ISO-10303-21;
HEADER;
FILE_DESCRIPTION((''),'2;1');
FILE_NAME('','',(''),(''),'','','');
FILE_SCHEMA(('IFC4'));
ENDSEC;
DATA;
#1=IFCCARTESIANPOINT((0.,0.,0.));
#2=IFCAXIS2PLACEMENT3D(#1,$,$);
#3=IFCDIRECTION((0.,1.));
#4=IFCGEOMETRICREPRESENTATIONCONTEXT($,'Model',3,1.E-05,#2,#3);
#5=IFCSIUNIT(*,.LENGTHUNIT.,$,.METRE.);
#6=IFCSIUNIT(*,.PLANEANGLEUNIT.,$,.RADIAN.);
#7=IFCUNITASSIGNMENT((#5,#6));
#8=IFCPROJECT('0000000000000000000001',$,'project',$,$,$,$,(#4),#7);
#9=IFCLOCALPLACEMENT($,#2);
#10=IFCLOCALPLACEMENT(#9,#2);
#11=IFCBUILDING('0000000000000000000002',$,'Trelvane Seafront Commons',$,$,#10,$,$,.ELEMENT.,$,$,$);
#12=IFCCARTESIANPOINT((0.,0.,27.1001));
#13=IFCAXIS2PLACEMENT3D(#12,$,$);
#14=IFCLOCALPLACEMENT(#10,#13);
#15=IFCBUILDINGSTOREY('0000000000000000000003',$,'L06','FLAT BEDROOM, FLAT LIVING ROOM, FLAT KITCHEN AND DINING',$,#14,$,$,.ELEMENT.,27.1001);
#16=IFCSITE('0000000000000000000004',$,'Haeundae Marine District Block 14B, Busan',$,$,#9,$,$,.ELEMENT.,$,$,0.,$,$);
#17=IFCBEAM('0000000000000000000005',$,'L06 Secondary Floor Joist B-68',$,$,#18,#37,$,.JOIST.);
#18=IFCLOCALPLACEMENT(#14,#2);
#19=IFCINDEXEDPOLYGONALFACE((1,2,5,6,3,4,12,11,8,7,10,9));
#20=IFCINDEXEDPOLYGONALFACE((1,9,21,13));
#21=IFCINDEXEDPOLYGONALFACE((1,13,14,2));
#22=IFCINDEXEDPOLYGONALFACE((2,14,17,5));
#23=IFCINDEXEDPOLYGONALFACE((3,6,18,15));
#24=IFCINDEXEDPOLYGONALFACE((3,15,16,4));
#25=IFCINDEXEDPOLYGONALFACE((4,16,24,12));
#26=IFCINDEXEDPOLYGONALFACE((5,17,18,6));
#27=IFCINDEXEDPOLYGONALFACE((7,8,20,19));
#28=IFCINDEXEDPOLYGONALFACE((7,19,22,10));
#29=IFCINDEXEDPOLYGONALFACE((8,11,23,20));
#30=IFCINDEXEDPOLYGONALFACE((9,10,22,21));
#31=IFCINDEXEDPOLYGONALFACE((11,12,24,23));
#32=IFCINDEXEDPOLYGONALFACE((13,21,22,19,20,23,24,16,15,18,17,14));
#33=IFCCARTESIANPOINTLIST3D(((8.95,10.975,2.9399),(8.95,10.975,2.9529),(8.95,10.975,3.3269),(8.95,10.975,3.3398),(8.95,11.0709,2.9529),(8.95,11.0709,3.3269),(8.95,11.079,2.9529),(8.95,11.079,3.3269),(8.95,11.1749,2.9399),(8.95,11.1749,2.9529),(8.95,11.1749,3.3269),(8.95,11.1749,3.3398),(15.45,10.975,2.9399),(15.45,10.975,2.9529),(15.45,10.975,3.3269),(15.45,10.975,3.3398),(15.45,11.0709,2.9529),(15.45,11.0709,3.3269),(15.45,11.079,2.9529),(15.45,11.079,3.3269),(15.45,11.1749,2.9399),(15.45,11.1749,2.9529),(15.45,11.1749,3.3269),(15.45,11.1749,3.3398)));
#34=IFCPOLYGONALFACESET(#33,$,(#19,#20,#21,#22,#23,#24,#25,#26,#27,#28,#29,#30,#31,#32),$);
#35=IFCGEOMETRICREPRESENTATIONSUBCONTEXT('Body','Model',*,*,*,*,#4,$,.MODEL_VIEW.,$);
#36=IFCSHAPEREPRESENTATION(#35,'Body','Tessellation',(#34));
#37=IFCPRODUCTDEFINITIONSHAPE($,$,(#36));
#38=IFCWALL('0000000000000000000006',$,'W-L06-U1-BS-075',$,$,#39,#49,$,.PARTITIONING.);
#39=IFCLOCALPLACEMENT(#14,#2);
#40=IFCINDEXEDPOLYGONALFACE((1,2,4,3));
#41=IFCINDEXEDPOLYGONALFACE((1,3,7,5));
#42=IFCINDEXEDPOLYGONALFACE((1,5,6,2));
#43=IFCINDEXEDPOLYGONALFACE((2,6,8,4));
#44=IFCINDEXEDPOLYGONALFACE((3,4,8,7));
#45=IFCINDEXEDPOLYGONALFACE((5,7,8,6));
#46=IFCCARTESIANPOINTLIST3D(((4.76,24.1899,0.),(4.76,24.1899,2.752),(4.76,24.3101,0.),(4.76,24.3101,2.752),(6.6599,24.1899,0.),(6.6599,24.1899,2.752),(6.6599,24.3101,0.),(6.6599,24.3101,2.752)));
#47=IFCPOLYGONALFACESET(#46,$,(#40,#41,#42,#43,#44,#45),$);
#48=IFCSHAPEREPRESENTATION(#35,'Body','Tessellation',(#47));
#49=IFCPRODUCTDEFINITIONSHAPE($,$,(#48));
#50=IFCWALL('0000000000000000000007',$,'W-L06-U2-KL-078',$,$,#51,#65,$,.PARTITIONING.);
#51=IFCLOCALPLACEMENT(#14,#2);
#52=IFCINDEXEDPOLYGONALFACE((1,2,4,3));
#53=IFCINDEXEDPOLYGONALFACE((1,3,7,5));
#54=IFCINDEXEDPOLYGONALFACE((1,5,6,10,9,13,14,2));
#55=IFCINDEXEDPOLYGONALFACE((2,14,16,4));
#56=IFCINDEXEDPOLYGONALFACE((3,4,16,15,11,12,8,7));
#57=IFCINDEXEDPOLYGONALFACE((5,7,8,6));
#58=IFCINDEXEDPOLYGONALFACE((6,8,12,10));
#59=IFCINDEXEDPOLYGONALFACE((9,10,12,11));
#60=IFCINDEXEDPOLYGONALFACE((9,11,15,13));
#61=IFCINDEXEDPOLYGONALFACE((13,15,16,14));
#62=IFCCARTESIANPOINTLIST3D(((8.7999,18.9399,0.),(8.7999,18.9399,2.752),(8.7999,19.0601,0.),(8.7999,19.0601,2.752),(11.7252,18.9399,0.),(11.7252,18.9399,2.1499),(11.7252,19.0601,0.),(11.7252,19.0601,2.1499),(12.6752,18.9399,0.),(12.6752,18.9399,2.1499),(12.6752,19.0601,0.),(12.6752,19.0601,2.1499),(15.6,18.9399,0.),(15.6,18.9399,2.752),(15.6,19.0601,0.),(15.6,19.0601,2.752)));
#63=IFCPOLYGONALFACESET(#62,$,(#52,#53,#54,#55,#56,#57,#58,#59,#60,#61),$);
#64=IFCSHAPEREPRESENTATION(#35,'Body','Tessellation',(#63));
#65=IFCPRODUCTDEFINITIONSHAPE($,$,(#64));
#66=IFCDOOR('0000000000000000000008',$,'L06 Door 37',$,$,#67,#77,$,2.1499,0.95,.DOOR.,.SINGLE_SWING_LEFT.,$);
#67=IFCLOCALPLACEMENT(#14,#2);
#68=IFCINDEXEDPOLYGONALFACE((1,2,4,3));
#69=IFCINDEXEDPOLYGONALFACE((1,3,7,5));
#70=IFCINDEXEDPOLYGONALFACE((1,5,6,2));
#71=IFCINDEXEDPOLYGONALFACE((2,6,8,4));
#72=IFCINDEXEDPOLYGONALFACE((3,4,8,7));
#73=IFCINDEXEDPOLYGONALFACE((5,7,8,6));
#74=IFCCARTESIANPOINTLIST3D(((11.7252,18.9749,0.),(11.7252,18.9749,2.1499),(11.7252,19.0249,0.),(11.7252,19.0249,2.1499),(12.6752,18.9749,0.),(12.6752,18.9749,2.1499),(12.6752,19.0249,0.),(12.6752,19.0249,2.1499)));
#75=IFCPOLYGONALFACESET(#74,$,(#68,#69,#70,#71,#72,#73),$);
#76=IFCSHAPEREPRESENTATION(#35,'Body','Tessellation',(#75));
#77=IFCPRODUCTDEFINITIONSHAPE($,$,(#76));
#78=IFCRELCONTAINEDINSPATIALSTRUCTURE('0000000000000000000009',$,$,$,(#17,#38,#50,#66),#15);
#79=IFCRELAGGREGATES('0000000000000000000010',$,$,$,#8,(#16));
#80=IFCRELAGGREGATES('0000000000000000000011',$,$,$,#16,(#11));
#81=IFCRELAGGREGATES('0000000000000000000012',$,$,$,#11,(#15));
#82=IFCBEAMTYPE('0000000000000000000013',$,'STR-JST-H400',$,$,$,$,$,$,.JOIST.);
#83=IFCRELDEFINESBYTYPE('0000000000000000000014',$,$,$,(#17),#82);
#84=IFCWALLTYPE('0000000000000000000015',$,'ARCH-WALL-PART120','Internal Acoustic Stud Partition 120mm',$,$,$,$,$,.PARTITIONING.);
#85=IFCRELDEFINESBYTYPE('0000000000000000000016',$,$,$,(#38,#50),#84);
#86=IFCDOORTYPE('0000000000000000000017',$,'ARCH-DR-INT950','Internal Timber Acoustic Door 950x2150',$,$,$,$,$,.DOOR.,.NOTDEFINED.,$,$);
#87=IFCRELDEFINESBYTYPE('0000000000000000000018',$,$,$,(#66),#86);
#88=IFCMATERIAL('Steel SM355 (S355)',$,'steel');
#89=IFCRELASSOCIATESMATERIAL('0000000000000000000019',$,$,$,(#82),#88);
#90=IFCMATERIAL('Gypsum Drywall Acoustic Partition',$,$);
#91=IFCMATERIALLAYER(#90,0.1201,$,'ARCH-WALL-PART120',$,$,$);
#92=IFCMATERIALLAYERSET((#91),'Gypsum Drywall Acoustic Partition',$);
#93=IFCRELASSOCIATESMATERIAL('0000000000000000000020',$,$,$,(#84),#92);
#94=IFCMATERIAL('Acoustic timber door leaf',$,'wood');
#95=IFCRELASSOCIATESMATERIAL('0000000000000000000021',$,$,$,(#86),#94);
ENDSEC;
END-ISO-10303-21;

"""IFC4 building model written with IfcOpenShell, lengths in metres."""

from ifc_helpers import new_model, si_unit, direction, frame, frame_2d, origin, origin_2d, place, context, subcontext, project, spatial, rectangle, i_section, extrude, source, transform, mapped, material, layer, layer_set, material_profile, profile_set, type_object, element, fill, save


model = new_model("IFC4")

# Units and contexts
model_context = context("Model", 3, precision=1e-05, world=origin(), true_north=direction((0.0, 1.0)))
body_context = subcontext(model_context, "Body", "Model", "MODEL_VIEW")
ifc_project = project(units=[si_unit("LENGTHUNIT", "METRE"), si_unit("PLANEANGLEUNIT", "RADIAN")], contexts=[model_context])

# Site, building, storey
site_placement = place(None, origin())
site = spatial("IfcSite", under=ifc_project, at=site_placement, Name="Haeundae Marine District Block 14B, Busan", CompositionType="ELEMENT", RefElevation=0.0)
building_placement = place(site_placement, origin())
building = spatial("IfcBuilding", under=site, at=building_placement, Name="Trelvane Seafront Commons", CompositionType="ELEMENT")
storey_placement = place(building_placement, frame((0.0, 0.0, 27.1001)))
storey = spatial("IfcBuildingStorey", under=building, at=storey_placement, Name="L06", Description="FLAT BEDROOM, FLAT LIVING ROOM, FLAT KITCHEN AND DINING", CompositionType="ELEMENT", Elevation=27.1001)

# Shared definitions
ifc_material_1 = material(Name="Steel SM355 (S355)", Category="steel")

# Beam
ifc_material_profile_1 = material_profile(ifc_material_1, i_section(OverallWidth=0.2, OverallDepth=0.3999, WebThickness=0.0081, FlangeThickness=0.0129, at=origin_2d()), Name="H-400x200x8x13")
ifc_profile_set_1 = profile_set([ifc_material_profile_1], Name="Steel SM355 (S355)")
beam_type_1 = type_object("IfcBeamType", Name="STR-JST-H400", PredefinedType="JOIST", material=ifc_profile_set_1)
shared_shape_1 = source(origin(), body_context, "Body", "SweptSolid", [
    extrude(i_section(OverallWidth=0.2, OverallDepth=0.3999, WebThickness=0.0081, FlangeThickness=0.0129, at=origin_2d()), origin(), (0.0, 0.0, 1.0), 6.5),
])
beam_1_placement = place(storey_placement, frame((8.95, 11.075, 3.1399), z_axis=(1.0, 0.0, 0.0), x_axis=(0.0, 1.0, 0.0)))
element("IfcBeam", 1, at=beam_1_placement, inside=storey, type_object=beam_type_1, Name="L06 Secondary Floor Joist B-68", PredefinedType="JOIST", context=body_context, shape_type="MappedRepresentation", body=[
    mapped(shared_shape_1, transform((0.0, 0.0, 0.0), x_axis=(1.0, 0.0, 0.0), y_axis=(0.0, 1.0, 0.0), z_axis=(0.0, 0.0, 1.0), scale=1.0)),
])

# Shared definitions
ifc_material_2 = material(Name="Gypsum Drywall Acoustic Partition")
ifc_layer = layer(ifc_material_2, 0.1201, Name="ARCH-WALL-PART120")
ifc_layer_set = layer_set([ifc_layer], Name="Gypsum Drywall Acoustic Partition")
wall_type = type_object("IfcWallType", Name="ARCH-WALL-PART120", Description="Internal Acoustic Stud Partition 120mm", PredefinedType="PARTITIONING", material=ifc_layer_set)
ifc_material_3 = material(Name="Acoustic timber door leaf", Category="wood")
door_type = type_object("IfcDoorType", Name="ARCH-DR-INT950", Description="Internal Timber Acoustic Door 950x2150", OperationType="NOTDEFINED", PredefinedType="DOOR", material=ifc_material_3)
shared_shape_2 = source(origin(), body_context, "Body", "SweptSolid", [
    extrude(rectangle(XDim=0.95, YDim=2.1499, at=frame_2d((0.4751, 1.075))), frame((0.0, 0.0249, 0.0), z_axis=(0.0, -1.0, 0.0), x_axis=(1.0, 0.0, 0.0)), (0.0, 0.0, 1.0), 0.05),
])

# Wall
wall_1_placement = place(storey_placement, frame((4.76, 24.25, 0.0), z_axis=(0.0, 0.0, 1.0), x_axis=(1.0, 0.0, 0.0)))
element("IfcWall", 2, at=wall_1_placement, inside=storey, type_object=wall_type, Name="W-L06-U1-BS-075", PredefinedType="PARTITIONING", context=body_context, shape_type="SweptSolid", body=[
    extrude(rectangle(XDim=1.8999, YDim=0.1201, at=frame_2d((0.95, 0.0))), origin(), (0.0, 0.0, 1.0), 2.752),
])

# Wall, opening, door
wall_2_placement = place(storey_placement, frame((8.8, 19.0, 0.0), z_axis=(0.0, 0.0, 1.0), x_axis=(1.0, 0.0, 0.0)))
wall_2 = element("IfcWall", 3, at=wall_2_placement, inside=storey, type_object=wall_type, Name="W-L06-U2-KL-078", PredefinedType="PARTITIONING", context=body_context, shape_type="SweptSolid", body=[
    extrude(rectangle(XDim=6.8, YDim=0.1201, at=frame_2d((3.3999, 0.0))), origin(), (0.0, 0.0, 1.0), 2.752),
])
opening_1_placement = place(wall_2_placement, frame((2.925, 0.0, 0.0)))
opening_1 = element("IfcOpeningElement", 4, at=opening_1_placement, cuts=wall_2, PredefinedType="OPENING", context=body_context, shape_type="SweptSolid", body=[
    extrude(rectangle(XDim=0.95, YDim=2.1499, at=frame_2d((0.4751, 1.075))), frame((0.0, 0.0701, 0.0), z_axis=(0.0, -1.0, 0.0), x_axis=(1.0, 0.0, 0.0)), (0.0, 0.0, 1.0), 0.1401),
])
door_1_placement = place(opening_1_placement, origin())
door_1 = element("IfcDoor", 5, at=door_1_placement, inside=storey, type_object=door_type, Name="L06 Door 37", OperationType="SINGLE_SWING_LEFT", OverallHeight=2.1499, OverallWidth=0.95, PredefinedType="DOOR", context=body_context, shape_type="MappedRepresentation", body=[
    mapped(shared_shape_2, transform((0.0, 0.0, 0.0), x_axis=(1.0, 0.0, 0.0), y_axis=(0.0, 1.0, 0.0), z_axis=(0.0, 0.0, 1.0), scale=1.0)),
])
fill(opening_1, door_1)

save(model, "model.ifc")
